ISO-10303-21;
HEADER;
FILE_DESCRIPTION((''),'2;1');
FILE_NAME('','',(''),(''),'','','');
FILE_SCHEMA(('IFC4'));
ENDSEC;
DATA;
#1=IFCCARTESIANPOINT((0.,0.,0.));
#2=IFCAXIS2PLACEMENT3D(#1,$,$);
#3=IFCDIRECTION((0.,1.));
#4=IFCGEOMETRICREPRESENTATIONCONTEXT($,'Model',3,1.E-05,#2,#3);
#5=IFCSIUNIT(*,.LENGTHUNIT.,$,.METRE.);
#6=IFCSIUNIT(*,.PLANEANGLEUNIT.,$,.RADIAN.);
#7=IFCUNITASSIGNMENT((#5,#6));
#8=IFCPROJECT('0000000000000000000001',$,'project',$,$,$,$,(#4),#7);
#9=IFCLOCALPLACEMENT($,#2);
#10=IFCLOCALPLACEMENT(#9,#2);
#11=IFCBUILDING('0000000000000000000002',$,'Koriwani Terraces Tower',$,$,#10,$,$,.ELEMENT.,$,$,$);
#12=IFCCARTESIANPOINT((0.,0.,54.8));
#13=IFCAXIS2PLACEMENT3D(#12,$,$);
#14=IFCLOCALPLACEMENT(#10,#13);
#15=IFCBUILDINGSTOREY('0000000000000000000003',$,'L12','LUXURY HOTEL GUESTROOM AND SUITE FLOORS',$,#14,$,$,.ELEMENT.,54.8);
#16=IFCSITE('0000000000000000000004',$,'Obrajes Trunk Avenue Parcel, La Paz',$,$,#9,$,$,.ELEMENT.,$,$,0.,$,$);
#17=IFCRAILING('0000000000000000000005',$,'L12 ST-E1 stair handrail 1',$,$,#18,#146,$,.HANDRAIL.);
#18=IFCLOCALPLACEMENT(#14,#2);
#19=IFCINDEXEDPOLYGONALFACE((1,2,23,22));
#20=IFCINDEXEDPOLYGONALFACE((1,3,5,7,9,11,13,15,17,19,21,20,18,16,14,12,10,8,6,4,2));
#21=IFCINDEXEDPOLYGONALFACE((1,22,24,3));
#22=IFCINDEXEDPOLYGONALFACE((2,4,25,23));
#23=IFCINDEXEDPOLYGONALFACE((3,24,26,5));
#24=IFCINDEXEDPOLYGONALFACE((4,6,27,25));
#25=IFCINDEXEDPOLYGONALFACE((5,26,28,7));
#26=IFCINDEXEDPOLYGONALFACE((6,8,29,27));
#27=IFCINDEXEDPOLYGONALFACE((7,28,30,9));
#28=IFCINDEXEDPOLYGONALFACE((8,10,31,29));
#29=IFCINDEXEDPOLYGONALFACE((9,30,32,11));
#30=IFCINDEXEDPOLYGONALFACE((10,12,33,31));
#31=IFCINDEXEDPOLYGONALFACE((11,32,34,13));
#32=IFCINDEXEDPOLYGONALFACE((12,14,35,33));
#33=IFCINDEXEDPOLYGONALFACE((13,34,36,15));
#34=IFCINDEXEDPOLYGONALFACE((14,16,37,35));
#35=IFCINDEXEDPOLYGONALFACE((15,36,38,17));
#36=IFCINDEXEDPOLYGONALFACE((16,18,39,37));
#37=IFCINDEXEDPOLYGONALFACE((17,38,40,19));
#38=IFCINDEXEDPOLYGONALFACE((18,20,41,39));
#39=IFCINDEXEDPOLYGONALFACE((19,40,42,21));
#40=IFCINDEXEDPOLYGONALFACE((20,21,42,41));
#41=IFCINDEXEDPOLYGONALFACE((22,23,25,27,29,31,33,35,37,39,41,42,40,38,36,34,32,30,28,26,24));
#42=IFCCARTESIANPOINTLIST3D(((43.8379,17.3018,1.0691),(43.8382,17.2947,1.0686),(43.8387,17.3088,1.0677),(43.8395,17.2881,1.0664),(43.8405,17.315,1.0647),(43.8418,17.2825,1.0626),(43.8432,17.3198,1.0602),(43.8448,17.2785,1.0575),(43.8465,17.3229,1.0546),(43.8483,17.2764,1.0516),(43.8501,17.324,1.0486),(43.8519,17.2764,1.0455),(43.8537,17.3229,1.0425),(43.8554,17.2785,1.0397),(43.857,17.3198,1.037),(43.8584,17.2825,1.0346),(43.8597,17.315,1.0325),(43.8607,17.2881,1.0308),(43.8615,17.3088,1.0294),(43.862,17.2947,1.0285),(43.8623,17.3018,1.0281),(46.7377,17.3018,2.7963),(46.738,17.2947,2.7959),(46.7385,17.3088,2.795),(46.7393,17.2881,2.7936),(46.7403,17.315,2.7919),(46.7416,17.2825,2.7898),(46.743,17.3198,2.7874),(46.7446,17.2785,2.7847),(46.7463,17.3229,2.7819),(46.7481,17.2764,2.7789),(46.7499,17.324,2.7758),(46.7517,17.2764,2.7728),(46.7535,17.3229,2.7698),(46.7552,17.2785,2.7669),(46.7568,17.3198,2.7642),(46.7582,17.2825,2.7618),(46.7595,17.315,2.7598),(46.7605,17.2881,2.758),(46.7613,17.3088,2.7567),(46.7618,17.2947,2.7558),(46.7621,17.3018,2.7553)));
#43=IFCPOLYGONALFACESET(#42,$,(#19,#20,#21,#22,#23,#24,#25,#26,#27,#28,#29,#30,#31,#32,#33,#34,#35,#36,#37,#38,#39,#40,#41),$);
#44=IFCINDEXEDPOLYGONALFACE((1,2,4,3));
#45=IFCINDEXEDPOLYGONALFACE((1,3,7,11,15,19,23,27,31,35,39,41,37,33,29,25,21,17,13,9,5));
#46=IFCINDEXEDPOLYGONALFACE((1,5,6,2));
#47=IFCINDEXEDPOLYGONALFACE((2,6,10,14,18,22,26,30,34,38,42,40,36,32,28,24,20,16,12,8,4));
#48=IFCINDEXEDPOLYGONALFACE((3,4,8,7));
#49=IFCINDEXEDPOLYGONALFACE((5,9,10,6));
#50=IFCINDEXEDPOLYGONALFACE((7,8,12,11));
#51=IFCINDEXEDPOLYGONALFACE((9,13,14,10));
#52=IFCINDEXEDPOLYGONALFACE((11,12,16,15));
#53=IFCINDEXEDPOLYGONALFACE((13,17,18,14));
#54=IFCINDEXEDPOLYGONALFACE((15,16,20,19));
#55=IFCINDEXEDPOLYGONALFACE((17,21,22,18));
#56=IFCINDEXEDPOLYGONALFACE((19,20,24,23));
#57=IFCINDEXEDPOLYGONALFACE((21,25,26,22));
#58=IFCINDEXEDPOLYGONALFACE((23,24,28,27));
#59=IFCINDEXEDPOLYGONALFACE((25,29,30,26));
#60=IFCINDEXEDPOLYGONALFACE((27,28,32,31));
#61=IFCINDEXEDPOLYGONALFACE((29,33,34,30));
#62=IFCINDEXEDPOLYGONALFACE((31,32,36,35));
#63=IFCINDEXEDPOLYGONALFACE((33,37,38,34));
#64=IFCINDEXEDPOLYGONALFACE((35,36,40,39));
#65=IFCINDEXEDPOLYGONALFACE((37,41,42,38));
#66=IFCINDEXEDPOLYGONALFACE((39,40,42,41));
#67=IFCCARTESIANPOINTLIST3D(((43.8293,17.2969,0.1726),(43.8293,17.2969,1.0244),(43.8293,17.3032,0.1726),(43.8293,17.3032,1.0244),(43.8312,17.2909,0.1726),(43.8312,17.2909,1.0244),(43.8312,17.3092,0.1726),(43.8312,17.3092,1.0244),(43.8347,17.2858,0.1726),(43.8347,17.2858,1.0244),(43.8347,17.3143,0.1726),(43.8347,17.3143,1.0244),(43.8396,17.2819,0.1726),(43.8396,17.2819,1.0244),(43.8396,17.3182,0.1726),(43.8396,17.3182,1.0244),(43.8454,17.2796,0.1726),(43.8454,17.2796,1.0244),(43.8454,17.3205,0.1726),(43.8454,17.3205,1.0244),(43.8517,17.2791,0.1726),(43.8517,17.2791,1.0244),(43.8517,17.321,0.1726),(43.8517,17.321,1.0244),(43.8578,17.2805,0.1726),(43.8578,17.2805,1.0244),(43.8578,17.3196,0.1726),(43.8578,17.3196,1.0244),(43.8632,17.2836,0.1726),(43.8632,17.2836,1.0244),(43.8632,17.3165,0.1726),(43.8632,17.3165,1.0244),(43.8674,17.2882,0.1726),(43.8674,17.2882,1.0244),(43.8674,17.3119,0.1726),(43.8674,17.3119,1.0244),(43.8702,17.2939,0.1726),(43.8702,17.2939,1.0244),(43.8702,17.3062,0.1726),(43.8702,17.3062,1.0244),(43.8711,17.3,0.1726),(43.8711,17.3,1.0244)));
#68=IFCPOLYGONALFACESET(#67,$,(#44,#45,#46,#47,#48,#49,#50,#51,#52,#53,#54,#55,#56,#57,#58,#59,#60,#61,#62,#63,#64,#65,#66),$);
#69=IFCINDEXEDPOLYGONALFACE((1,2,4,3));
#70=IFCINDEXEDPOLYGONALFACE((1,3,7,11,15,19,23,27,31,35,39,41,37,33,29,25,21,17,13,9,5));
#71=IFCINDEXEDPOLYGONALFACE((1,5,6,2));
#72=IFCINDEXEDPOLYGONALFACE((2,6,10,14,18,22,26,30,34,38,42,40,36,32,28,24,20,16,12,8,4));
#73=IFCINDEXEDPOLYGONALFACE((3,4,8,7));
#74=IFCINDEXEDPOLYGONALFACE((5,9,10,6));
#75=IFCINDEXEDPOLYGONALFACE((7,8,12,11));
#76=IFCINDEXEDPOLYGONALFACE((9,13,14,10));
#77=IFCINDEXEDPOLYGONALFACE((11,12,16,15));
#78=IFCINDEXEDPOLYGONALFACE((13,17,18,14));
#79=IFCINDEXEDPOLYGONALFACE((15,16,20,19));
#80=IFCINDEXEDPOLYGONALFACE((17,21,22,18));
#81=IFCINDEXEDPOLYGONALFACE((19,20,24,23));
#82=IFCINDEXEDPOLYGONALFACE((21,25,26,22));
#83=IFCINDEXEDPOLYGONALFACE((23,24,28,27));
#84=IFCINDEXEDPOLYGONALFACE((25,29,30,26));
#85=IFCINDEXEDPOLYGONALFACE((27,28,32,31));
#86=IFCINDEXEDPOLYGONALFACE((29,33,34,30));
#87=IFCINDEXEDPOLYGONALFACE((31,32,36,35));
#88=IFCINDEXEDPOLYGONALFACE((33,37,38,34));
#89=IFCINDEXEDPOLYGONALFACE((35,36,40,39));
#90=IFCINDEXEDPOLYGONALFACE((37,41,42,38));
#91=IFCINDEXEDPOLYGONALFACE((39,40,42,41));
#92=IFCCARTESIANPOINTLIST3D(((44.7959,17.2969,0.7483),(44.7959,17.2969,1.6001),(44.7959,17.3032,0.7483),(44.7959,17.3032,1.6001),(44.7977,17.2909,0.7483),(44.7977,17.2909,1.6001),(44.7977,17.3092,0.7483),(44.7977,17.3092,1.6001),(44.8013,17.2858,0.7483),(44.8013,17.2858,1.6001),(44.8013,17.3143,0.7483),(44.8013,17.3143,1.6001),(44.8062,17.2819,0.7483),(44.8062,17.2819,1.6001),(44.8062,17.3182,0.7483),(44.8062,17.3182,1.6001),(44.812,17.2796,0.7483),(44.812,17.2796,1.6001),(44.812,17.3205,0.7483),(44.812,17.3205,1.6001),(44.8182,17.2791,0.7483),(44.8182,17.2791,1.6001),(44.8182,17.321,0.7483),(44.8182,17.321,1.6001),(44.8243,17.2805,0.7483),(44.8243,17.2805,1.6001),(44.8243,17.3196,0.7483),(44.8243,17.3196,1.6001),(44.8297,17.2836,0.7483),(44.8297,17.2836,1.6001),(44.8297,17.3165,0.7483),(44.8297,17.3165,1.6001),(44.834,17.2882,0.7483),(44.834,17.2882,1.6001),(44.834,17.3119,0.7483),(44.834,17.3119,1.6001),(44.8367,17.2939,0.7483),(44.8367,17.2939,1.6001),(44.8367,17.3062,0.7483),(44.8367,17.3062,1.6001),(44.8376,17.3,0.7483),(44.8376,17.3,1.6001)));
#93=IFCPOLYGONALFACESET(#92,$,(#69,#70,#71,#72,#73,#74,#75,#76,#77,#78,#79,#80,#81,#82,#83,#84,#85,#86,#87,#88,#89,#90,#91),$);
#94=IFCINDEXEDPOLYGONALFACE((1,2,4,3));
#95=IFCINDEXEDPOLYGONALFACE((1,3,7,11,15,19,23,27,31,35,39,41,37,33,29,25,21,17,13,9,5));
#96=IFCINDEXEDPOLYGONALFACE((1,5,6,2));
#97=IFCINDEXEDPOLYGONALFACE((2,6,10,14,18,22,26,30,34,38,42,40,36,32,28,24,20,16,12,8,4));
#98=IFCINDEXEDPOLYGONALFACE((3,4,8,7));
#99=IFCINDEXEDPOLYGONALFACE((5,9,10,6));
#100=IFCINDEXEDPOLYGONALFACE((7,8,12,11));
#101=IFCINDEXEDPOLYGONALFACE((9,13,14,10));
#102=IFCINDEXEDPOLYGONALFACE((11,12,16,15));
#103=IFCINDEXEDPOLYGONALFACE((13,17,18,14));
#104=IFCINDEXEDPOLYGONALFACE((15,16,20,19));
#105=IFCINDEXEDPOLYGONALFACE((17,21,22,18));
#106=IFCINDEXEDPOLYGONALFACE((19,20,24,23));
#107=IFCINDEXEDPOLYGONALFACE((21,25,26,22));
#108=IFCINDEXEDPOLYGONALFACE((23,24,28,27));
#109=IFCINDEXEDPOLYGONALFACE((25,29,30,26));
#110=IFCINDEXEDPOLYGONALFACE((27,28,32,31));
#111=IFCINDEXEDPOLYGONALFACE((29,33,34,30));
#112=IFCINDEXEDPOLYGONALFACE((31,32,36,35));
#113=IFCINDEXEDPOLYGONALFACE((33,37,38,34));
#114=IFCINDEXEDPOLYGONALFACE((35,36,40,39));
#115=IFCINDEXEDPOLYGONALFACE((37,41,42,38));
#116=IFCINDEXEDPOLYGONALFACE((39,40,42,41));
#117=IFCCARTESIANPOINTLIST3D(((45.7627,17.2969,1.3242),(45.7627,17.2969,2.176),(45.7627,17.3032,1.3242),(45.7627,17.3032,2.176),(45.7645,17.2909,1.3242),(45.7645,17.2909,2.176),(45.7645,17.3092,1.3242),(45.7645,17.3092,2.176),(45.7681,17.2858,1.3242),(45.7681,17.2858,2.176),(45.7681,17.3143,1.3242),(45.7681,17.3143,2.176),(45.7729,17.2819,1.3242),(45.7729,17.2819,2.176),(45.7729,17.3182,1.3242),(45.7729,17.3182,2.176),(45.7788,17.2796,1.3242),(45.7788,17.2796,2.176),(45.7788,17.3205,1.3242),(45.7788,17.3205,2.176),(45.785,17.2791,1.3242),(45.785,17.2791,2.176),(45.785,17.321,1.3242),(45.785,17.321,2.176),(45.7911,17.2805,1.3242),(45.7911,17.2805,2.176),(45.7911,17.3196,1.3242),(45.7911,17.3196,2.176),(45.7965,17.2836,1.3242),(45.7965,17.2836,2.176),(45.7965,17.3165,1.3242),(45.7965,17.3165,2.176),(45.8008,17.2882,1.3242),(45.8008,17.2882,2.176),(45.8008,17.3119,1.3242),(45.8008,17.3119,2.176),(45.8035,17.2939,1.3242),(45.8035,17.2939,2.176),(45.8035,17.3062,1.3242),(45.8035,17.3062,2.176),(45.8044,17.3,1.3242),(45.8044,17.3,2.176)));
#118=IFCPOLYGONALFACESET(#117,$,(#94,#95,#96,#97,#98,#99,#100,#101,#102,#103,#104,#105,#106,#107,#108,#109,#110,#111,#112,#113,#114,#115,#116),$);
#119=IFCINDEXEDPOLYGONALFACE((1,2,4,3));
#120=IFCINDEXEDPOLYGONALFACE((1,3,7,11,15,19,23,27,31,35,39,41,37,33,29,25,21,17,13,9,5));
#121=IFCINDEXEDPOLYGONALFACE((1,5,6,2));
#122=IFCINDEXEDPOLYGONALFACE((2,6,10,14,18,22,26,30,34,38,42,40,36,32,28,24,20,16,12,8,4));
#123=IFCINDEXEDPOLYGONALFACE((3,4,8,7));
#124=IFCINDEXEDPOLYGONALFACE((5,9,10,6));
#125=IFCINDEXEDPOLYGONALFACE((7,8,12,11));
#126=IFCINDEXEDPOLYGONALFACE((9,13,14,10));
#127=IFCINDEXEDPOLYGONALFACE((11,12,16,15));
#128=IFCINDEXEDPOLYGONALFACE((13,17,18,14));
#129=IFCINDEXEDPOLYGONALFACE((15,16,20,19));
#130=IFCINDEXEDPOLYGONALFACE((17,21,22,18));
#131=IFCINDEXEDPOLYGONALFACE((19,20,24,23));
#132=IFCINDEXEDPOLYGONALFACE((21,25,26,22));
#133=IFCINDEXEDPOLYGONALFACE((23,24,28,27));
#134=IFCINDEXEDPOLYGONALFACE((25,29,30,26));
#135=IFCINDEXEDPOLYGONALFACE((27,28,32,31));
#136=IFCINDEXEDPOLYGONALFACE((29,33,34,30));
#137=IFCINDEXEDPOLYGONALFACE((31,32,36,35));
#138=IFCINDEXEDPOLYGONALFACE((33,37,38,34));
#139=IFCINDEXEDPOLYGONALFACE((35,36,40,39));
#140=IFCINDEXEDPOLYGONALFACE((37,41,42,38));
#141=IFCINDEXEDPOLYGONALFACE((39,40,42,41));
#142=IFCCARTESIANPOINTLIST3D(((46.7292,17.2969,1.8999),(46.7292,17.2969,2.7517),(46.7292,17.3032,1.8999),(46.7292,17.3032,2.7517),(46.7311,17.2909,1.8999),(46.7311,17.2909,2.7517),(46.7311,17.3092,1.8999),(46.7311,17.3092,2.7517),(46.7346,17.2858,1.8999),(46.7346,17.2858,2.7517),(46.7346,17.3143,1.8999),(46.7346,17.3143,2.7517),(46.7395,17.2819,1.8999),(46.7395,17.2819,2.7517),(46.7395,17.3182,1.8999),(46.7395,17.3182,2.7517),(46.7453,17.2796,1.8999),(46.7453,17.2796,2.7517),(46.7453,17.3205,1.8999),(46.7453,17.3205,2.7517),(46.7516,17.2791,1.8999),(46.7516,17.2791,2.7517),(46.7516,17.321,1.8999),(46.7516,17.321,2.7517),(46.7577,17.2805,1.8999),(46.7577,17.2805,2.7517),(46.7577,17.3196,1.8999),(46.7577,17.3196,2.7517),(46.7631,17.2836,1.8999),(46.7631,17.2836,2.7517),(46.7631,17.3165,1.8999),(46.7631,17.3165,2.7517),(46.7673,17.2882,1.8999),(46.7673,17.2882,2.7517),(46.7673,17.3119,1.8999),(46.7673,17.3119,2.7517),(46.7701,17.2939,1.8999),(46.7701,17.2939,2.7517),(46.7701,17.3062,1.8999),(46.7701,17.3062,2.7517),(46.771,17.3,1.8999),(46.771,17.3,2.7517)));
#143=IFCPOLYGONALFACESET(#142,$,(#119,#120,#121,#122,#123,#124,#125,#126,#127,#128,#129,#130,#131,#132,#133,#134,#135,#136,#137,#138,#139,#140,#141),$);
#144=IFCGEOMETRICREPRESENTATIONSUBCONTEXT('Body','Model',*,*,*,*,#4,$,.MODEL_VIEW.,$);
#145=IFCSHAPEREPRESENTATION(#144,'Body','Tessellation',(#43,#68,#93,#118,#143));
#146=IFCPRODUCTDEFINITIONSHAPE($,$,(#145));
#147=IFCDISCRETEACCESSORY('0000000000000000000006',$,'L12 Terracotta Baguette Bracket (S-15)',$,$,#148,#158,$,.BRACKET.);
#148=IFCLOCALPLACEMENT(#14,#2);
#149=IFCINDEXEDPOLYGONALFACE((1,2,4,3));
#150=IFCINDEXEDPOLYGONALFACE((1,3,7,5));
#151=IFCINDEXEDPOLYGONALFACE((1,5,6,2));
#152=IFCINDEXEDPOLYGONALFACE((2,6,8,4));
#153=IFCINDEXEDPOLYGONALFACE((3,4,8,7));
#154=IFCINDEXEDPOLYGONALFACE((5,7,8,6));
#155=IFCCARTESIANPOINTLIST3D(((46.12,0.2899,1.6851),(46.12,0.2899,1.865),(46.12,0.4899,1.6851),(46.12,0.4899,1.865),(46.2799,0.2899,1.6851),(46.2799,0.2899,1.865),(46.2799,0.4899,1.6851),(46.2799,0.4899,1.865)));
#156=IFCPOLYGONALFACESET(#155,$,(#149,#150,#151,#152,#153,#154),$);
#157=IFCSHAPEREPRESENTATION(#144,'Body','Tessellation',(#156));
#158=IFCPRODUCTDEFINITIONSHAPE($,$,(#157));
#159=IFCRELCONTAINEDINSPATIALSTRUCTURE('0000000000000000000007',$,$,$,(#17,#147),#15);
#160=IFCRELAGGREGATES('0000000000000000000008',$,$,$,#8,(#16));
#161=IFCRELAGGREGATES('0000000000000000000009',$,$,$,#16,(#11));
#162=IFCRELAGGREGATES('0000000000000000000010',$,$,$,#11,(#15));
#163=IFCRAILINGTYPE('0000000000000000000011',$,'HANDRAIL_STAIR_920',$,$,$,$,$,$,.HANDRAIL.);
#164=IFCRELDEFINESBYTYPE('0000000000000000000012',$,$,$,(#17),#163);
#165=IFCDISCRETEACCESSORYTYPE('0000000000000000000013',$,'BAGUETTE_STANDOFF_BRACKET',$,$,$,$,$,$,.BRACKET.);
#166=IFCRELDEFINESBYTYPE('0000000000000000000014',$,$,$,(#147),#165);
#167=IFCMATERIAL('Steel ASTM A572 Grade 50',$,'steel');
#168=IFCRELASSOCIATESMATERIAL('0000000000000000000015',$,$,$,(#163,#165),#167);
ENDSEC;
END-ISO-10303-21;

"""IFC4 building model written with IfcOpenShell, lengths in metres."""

from ifc_helpers import new_model, si_unit, direction, frame, origin, origin_2d, place, context, subcontext, project, spatial, rectangle, circle, extrude, material, type_object, element, save


model = new_model("IFC4")

# Units and contexts
model_context = context("Model", 3, precision=1e-05, world=origin(), true_north=direction((0.0, 1.0)))
body_context = subcontext(model_context, "Body", "Model", "MODEL_VIEW")
ifc_project = project(units=[si_unit("LENGTHUNIT", "METRE"), si_unit("PLANEANGLEUNIT", "RADIAN")], contexts=[model_context])

# Site, building, storey
site_placement = place(None, origin())
site = spatial("IfcSite", under=ifc_project, at=site_placement, Name="Obrajes Trunk Avenue Parcel, La Paz", CompositionType="ELEMENT", RefElevation=0.0)
building_placement = place(site_placement, origin())
building = spatial("IfcBuilding", under=site, at=building_placement, Name="Koriwani Terraces Tower", CompositionType="ELEMENT")
storey_placement = place(building_placement, frame((0.0, 0.0, 54.8)))
storey = spatial("IfcBuildingStorey", under=building, at=storey_placement, Name="L12", Description="LUXURY HOTEL GUESTROOM AND SUITE FLOORS", CompositionType="ELEMENT", Elevation=54.8)

# Shared definitions
ifc_material_1 = material(Name="Steel ASTM A572 Grade 50", Category="steel")

# Railing
railing_type = type_object("IfcRailingType", Name="HANDRAIL_STAIR_920", PredefinedType="HANDRAIL", material=ifc_material_1)
railing_placement = place(storey_placement, frame((43.8501, 17.3, 0.1726)))
element("IfcRailing", 1, at=railing_placement, inside=storey, type_object=railing_type, Name="L12 ST-E1 stair handrail 1", PredefinedType="HANDRAIL", context=body_context, shape_type="SweptSolid", body=[
    extrude(circle(Radius=0.0239, at=origin_2d()), frame((0.0, 0.0, 0.876), z_axis=(0.859141, 0.0, 0.511738), x_axis=(0.0, 1.0, 0.0)), (0.0, 0.0, 1.0), 3.3752),
    extrude(circle(Radius=0.021, at=origin_2d()), origin(), (0.0, 0.0, 1.0), 0.8518),
    extrude(circle(Radius=0.021, at=origin_2d()), frame((0.9666, 0.0, 0.5757)), (0.0, 0.0, 1.0), 0.8518),
    extrude(circle(Radius=0.021, at=origin_2d()), frame((1.9333, 0.0, 1.1516)), (0.0, 0.0, 1.0), 0.8518),
    extrude(circle(Radius=0.021, at=origin_2d()), frame((2.8999, 0.0, 1.7273)), (0.0, 0.0, 1.0), 0.8518),
])

# Discrete accessory
discrete_accessory_type = type_object("IfcDiscreteAccessoryType", Name="BAGUETTE_STANDOFF_BRACKET", PredefinedType="BRACKET", material=ifc_material_1)
discrete_accessory_placement = place(storey_placement, frame((46.2, 0.3899, 1.6851), z_axis=(0.0, 0.0, 1.0), x_axis=(-1.0, 0.0, 0.0)))
element("IfcDiscreteAccessory", 2, at=discrete_accessory_placement, inside=storey, type_object=discrete_accessory_type, Name="L12 Terracotta Baguette Bracket (S-15)", PredefinedType="BRACKET", context=body_context, shape_type="SweptSolid", body=[
    extrude(rectangle(XDim=0.1599, YDim=0.2, at=origin_2d()), origin(), (0.0, 0.0, 1.0), 0.1799),
])

save(model, "model.ifc")
